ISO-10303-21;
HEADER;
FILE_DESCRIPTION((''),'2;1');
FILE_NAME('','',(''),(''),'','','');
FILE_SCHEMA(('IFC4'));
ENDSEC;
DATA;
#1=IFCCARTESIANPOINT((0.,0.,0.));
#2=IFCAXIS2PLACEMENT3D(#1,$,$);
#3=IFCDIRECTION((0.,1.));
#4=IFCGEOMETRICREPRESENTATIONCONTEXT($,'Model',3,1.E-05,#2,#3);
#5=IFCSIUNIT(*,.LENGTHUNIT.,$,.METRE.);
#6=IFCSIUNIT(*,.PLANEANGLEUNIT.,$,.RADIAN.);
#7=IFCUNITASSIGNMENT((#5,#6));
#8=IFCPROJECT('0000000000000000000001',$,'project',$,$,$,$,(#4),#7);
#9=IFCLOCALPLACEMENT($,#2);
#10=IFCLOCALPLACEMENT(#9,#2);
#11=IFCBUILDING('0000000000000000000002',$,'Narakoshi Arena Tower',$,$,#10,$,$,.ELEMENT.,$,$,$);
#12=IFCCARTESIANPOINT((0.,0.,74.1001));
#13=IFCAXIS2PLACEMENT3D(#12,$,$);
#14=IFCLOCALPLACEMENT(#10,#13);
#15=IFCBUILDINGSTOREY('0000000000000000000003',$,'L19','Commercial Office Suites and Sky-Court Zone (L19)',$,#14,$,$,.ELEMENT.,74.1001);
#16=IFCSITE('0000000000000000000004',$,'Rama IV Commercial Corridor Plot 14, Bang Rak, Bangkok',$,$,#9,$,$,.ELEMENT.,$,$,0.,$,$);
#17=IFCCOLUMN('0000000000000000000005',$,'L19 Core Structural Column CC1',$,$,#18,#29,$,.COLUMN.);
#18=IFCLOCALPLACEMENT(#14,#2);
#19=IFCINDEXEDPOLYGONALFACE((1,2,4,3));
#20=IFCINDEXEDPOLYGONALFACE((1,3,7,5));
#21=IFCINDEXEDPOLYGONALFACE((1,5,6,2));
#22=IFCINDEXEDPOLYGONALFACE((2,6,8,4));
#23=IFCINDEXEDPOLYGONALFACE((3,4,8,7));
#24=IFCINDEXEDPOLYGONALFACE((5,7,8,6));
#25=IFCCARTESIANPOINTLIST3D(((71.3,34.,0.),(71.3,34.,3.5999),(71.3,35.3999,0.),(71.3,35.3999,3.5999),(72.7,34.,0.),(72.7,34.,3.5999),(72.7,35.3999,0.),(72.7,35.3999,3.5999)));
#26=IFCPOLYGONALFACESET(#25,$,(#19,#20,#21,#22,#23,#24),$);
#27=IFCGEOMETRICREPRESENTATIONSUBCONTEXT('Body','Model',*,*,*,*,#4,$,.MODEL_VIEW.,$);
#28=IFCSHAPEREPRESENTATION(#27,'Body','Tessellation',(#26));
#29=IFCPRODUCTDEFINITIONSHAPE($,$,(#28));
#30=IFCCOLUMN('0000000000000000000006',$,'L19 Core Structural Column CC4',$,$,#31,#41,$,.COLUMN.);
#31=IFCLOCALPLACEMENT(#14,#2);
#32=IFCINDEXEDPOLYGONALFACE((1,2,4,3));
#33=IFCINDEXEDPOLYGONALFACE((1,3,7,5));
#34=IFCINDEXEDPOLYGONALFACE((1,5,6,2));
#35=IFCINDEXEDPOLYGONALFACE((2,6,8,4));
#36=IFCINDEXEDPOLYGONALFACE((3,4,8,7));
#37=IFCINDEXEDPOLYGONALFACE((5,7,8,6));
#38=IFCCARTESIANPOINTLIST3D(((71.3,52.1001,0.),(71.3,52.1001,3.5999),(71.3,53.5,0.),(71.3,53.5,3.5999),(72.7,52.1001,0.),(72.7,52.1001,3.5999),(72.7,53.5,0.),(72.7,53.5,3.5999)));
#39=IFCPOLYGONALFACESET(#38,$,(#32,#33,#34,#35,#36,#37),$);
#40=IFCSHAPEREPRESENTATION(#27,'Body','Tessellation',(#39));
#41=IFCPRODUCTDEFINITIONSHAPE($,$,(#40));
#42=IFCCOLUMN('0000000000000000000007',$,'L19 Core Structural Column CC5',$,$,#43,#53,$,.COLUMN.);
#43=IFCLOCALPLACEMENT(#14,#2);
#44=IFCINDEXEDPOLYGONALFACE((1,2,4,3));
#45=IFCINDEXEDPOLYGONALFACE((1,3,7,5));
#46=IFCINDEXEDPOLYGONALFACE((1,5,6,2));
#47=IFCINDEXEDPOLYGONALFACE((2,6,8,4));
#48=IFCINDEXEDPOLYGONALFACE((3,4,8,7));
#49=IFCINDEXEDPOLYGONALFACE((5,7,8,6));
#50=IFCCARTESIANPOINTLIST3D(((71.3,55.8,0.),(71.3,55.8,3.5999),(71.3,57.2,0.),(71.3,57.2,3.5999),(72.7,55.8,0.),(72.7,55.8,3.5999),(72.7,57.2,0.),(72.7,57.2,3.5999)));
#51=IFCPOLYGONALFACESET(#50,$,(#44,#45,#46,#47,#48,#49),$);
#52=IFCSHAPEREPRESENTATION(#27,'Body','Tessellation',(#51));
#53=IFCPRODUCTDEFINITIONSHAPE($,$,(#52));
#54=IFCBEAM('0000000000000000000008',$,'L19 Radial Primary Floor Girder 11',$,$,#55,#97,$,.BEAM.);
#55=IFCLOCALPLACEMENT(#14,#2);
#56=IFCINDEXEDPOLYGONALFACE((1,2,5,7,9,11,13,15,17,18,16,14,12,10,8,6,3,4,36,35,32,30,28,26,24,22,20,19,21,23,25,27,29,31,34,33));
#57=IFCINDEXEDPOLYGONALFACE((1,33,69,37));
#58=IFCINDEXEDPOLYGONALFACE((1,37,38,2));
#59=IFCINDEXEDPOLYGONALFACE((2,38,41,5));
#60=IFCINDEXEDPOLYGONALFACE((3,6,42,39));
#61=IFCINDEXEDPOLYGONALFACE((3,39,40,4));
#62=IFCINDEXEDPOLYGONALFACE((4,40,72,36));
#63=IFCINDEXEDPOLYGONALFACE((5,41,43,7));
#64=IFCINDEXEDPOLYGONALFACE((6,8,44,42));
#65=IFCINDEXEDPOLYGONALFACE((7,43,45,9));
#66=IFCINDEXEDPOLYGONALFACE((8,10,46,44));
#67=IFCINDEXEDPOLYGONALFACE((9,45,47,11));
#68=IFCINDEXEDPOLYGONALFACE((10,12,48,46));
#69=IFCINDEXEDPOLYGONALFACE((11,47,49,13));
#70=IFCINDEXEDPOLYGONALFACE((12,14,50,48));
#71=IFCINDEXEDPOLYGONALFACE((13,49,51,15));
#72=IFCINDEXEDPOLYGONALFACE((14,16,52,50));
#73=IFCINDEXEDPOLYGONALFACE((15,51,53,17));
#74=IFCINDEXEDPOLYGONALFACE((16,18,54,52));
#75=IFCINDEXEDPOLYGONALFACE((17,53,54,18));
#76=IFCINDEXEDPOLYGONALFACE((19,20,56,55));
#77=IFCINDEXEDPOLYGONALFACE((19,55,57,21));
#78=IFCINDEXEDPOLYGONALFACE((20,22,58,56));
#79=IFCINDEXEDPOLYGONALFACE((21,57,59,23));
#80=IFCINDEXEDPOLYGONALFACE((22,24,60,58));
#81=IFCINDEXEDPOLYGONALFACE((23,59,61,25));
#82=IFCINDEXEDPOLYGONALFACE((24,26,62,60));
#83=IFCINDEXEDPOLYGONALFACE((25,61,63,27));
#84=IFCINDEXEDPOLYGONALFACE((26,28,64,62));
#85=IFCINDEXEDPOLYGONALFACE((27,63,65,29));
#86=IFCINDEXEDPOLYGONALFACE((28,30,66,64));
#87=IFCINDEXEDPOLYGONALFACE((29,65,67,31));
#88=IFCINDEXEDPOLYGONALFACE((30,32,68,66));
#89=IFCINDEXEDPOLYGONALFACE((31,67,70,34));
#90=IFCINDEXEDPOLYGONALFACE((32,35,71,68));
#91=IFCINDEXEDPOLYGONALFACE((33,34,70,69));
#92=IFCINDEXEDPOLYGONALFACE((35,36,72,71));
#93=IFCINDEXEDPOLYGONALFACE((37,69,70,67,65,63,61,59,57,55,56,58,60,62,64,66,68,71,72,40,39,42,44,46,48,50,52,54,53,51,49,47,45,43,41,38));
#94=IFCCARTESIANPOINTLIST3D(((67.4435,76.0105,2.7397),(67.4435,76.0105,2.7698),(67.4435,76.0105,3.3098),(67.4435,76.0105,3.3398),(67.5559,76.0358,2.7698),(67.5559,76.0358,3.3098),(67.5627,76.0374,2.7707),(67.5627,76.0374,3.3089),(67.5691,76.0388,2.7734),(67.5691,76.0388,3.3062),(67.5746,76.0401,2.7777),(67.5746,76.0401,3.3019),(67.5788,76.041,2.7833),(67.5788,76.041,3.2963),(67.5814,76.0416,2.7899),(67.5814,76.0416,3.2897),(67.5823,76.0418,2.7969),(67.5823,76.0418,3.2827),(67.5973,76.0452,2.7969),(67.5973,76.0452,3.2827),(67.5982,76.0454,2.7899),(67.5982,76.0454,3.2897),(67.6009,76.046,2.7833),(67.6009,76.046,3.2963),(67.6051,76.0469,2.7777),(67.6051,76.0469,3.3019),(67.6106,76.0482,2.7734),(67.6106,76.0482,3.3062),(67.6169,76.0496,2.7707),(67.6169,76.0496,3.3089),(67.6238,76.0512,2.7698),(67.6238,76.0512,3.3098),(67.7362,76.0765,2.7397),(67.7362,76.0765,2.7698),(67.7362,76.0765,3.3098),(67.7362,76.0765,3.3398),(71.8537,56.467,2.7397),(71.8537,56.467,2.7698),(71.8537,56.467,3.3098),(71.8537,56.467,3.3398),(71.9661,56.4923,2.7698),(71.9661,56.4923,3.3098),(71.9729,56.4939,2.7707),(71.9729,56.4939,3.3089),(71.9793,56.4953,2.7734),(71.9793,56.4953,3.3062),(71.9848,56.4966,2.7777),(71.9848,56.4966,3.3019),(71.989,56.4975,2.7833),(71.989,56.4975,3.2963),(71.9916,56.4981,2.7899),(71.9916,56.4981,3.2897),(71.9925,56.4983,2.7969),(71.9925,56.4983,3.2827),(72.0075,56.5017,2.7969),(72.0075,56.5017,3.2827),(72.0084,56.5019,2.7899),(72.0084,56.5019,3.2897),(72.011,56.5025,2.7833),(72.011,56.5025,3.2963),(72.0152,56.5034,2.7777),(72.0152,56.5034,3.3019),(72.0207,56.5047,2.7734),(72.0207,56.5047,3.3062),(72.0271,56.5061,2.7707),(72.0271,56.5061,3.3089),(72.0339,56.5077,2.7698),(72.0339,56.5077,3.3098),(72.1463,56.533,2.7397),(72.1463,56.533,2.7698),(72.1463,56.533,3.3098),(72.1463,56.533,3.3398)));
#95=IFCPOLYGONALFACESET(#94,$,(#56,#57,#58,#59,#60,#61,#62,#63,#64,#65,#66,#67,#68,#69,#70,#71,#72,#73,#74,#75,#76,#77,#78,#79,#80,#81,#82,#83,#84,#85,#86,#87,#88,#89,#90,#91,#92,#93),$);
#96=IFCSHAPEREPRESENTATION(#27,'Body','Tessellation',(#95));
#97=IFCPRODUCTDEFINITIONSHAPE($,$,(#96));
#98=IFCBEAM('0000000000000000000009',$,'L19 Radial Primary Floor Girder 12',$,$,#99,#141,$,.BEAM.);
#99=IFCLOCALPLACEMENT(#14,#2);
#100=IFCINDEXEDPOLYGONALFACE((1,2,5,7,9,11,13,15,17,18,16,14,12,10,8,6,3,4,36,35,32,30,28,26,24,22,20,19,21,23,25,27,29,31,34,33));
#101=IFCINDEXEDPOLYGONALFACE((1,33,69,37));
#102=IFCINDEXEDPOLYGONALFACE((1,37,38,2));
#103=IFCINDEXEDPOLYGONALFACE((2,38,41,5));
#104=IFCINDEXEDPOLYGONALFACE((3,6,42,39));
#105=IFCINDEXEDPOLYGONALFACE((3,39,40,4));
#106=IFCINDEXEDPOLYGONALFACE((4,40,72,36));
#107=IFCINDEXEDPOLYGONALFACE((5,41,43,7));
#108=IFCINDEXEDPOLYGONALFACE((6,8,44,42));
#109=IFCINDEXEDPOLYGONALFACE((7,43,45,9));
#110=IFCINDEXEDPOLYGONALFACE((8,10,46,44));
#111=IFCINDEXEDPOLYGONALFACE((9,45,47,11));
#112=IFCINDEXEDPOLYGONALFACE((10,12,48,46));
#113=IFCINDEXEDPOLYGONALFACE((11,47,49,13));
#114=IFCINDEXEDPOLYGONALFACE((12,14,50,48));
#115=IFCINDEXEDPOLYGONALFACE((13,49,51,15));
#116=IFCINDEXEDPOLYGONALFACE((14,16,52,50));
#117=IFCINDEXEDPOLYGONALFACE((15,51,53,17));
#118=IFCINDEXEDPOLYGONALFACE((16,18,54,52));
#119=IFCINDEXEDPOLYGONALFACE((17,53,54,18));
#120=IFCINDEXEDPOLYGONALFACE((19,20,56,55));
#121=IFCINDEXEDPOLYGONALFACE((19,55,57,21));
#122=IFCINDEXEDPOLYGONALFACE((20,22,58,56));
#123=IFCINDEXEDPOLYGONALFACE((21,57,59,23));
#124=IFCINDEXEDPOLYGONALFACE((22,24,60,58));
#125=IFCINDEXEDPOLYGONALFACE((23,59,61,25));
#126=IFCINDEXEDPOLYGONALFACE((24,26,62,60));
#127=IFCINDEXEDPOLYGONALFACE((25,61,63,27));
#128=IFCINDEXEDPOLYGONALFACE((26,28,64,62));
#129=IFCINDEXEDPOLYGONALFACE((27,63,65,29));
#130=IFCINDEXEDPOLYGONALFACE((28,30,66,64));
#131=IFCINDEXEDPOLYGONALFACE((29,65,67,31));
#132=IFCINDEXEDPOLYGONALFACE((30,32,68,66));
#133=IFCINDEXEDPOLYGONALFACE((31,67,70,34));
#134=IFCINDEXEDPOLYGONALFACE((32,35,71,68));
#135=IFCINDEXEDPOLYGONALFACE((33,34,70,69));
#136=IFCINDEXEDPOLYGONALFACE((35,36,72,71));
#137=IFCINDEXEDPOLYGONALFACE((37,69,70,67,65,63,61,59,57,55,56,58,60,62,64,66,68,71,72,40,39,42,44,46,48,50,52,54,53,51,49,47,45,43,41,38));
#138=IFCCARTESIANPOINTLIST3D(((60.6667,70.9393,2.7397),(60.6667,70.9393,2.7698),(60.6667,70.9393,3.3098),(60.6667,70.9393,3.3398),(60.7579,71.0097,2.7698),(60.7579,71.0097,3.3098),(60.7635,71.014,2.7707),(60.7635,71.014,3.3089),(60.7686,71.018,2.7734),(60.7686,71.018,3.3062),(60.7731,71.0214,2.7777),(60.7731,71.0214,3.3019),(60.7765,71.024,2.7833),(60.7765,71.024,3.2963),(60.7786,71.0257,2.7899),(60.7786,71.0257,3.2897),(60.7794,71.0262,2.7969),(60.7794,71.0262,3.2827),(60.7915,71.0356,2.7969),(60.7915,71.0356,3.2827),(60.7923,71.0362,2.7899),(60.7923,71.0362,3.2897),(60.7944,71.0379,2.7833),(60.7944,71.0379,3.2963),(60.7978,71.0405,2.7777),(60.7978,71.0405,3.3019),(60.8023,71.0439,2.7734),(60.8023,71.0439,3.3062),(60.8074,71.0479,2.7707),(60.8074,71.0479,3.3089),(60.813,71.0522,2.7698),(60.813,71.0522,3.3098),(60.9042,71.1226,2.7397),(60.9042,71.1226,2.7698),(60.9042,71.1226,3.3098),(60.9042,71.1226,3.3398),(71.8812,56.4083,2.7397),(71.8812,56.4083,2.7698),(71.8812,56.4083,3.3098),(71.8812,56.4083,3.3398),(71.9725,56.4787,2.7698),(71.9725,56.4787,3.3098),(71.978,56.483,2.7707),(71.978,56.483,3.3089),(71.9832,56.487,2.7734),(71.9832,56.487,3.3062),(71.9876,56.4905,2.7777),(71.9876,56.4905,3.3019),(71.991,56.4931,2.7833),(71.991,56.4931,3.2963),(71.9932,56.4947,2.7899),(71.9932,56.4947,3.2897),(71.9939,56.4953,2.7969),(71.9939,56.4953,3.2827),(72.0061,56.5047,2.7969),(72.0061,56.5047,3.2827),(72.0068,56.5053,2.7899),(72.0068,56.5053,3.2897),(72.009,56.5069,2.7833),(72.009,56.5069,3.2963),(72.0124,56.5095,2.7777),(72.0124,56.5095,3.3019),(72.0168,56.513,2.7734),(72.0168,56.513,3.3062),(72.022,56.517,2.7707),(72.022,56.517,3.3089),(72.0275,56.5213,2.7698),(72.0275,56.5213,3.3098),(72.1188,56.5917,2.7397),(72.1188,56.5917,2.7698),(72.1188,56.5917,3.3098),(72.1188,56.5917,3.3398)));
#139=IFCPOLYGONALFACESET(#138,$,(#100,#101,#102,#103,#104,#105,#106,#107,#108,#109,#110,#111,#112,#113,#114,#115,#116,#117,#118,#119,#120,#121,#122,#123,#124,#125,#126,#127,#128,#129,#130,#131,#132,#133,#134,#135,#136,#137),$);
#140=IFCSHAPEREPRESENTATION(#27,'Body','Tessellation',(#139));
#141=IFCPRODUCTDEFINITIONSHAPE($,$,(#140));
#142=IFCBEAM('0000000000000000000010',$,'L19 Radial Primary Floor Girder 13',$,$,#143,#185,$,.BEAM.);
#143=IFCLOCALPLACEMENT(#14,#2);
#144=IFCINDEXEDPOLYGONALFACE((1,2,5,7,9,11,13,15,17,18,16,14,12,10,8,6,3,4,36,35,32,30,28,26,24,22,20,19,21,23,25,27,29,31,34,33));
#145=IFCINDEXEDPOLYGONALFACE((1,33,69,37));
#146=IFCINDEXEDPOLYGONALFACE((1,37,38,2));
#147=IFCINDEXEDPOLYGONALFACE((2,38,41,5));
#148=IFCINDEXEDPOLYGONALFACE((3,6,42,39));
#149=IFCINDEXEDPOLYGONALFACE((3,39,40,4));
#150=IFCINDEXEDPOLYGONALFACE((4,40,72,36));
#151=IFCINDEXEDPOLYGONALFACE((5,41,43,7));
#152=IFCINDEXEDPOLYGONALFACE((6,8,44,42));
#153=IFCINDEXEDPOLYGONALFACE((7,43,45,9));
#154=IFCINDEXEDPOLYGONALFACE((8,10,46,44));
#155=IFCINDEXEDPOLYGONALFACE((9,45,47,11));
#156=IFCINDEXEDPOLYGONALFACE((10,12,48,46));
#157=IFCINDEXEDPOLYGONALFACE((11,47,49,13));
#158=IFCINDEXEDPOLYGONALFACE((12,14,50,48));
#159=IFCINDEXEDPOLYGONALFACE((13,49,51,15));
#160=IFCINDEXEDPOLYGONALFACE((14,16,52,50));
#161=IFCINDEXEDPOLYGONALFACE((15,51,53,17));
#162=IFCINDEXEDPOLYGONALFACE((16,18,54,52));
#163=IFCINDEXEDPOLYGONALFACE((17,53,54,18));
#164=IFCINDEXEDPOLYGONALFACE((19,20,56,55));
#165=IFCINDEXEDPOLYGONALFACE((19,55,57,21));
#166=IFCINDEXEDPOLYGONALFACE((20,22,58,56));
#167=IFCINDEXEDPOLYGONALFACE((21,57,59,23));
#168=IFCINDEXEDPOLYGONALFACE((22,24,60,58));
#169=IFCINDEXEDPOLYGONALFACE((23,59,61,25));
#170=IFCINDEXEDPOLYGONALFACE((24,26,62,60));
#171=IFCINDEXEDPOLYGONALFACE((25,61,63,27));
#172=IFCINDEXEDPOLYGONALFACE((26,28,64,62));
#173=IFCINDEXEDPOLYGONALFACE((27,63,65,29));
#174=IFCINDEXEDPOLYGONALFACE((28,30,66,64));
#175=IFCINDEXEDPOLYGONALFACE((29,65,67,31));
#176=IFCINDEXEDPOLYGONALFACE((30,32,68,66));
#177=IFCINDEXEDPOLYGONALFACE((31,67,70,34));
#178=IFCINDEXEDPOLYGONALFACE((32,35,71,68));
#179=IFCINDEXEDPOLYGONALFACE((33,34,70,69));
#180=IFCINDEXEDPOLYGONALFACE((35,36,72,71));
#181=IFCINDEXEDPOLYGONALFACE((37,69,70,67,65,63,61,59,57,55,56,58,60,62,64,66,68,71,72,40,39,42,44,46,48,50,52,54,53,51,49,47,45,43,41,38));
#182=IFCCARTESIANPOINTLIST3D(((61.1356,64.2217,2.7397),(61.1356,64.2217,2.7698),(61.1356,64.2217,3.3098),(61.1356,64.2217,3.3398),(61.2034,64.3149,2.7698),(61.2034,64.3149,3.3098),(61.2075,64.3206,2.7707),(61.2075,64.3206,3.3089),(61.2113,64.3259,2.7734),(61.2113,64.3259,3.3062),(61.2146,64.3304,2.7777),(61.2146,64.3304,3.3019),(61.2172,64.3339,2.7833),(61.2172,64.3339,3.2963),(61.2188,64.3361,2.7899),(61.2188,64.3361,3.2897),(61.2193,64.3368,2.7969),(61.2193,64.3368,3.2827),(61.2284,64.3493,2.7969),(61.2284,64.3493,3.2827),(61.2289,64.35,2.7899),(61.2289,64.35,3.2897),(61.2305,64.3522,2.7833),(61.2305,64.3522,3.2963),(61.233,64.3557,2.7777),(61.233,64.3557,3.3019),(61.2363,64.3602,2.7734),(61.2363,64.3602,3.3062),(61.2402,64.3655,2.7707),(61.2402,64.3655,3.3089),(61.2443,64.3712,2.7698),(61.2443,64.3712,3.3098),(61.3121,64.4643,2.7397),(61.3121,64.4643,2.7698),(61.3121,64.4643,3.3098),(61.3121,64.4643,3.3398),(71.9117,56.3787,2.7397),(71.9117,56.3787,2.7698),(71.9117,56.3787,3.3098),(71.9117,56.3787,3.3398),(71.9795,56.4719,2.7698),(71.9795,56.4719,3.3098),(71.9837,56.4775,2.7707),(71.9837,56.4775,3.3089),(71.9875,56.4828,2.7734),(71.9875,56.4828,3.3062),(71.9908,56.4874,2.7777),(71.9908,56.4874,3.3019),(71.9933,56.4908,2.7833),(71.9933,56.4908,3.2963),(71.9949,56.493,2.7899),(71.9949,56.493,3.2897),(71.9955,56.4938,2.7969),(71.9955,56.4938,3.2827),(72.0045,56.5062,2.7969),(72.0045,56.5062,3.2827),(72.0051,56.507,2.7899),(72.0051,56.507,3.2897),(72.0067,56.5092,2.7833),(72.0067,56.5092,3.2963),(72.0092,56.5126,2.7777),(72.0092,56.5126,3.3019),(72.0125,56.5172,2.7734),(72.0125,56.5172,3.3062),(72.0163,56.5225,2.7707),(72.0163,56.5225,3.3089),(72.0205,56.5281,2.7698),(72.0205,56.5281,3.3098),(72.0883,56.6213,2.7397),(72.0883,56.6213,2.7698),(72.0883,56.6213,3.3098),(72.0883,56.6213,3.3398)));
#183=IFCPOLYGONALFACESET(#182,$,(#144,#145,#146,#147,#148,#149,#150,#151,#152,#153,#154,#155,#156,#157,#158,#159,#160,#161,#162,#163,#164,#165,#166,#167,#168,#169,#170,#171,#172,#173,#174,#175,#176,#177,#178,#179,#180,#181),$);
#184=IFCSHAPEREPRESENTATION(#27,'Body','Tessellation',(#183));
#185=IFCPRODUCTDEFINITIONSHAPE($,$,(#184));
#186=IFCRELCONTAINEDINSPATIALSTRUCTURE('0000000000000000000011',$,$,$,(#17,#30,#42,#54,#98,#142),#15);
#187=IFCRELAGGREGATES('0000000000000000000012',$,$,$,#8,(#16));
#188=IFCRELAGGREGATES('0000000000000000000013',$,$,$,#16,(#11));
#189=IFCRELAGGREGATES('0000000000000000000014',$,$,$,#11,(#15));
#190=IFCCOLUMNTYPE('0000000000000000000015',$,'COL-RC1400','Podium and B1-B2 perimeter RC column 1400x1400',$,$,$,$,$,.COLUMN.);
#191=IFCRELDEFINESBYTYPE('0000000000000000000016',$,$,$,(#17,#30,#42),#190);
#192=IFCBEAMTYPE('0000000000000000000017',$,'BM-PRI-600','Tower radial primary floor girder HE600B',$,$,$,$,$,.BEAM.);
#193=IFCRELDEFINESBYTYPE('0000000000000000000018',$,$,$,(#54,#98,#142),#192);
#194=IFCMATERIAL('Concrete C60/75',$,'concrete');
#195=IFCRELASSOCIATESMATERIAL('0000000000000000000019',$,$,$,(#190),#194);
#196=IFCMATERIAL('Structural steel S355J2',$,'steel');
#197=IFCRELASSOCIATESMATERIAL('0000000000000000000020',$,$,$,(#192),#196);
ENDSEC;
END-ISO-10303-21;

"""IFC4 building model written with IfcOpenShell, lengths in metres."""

from ifc_helpers import new_model, si_unit, direction, frame, origin, origin_2d, place, context, subcontext, project, spatial, rectangle, i_section, extrude, material, material_profile, profile_set, type_object, element, save


model = new_model("IFC4")

# Units and contexts
model_context = context("Model", 3, precision=1e-05, world=origin(), true_north=direction((0.0, 1.0)))
body_context = subcontext(model_context, "Body", "Model", "MODEL_VIEW")
ifc_project = project(units=[si_unit("LENGTHUNIT", "METRE"), si_unit("PLANEANGLEUNIT", "RADIAN")], contexts=[model_context])

# Site, building, storey
site_placement = place(None, origin())
site = spatial("IfcSite", under=ifc_project, at=site_placement, Name="Rama IV Commercial Corridor Plot 14, Bang Rak, Bangkok", CompositionType="ELEMENT", RefElevation=0.0)
building_placement = place(site_placement, origin())
building = spatial("IfcBuilding", under=site, at=building_placement, Name="Narakoshi Arena Tower", CompositionType="ELEMENT")
storey_placement = place(building_placement, frame((0.0, 0.0, 74.1001)))
storey = spatial("IfcBuildingStorey", under=building, at=storey_placement, Name="L19", Description="Commercial Office Suites and Sky-Court Zone (L19)", CompositionType="ELEMENT", Elevation=74.1001)

# Columns
ifc_material_1 = material(Name="Concrete C60/75", Category="concrete")
ifc_material_profile_1 = material_profile(ifc_material_1, rectangle(XDim=1.3999, YDim=1.3999, at=origin_2d()), Name="RC1400x1400")
ifc_profile_set_1 = profile_set([ifc_material_profile_1], Name="Concrete C60/75")
column_type = type_object("IfcColumnType", Name="COL-RC1400", Description="Podium and B1-B2 perimeter RC column 1400x1400", PredefinedType="COLUMN", material=ifc_profile_set_1)
for number, where, z_axis, x_axis, name in (
    (1, (72.0, 34.7, 0.0), (0.0, 0.0, 1.0), (1.0, 0.0, 0.0), "L19 Core Structural Column CC1"),
    (2, (72.0, 52.8, 0.0), (0.0, 0.0, 1.0), (1.0, 0.0, 0.0), "L19 Core Structural Column CC4"),
    (3, (72.0, 56.5, 0.0), (0.0, 0.0, 1.0), (1.0, 0.0, 0.0), "L19 Core Structural Column CC5"),
):
    element("IfcColumn", number, at=place(storey_placement, frame(where, z_axis=z_axis, x_axis=x_axis)), inside=storey, type_object=column_type, Name=name, PredefinedType="COLUMN", context=body_context, shape_type="SweptSolid", body=[
        extrude(rectangle(XDim=1.3999, YDim=1.3999, at=origin_2d()), origin(), (0.0, 0.0, 1.0), 3.5999),
    ])

# Beams
ifc_material_2 = material(Name="Structural steel S355J2", Category="steel")
ifc_material_profile_2 = material_profile(ifc_material_2, i_section(OverallWidth=0.3, OverallDepth=0.6001, WebThickness=0.0154, FlangeThickness=0.03, FilletRadius=0.0271, at=origin_2d()), Name="HE600B")
ifc_profile_set_2 = profile_set([ifc_material_profile_2], Name="Structural steel S355J2")
beam_type = type_object("IfcBeamType", Name="BM-PRI-600", Description="Tower radial primary floor girder HE600B", PredefinedType="BEAM", material=ifc_profile_set_2)
beam_1_placement = place(storey_placement, frame((72.0, 56.5, 3.0398), z_axis=(-0.220124, 0.975472, 0.0), x_axis=(-0.975472, -0.220124, 0.0)))
element("IfcBeam", 4, at=beam_1_placement, inside=storey, type_object=beam_type, Name="L19 Radial Primary Floor Girder 11", PredefinedType="BEAM", context=body_context, shape_type="SweptSolid", body=[
    extrude(i_section(OverallWidth=0.3, OverallDepth=0.6001, WebThickness=0.0154, FlangeThickness=0.03, FilletRadius=0.0271, at=origin_2d()), origin(), (0.0, 0.0, 1.0), 20.0349),
])
beam_2_placement = place(storey_placement, frame((72.0, 56.5, 3.0398), z_axis=(-0.610973, 0.791651, 0.0), x_axis=(-0.791651, -0.610973, 0.0)))
element("IfcBeam", 5, at=beam_2_placement, inside=storey, type_object=beam_type, Name="L19 Radial Primary Floor Girder 12", PredefinedType="BEAM", context=body_context, shape_type="SweptSolid", body=[
    extrude(i_section(OverallWidth=0.3, OverallDepth=0.6001, WebThickness=0.0154, FlangeThickness=0.03, FilletRadius=0.0271, at=origin_2d()), origin(), (0.0, 0.0, 1.0), 18.3552),
])
beam_3_placement = place(storey_placement, frame((72.0, 56.5, 3.0398), z_axis=(-0.808528, 0.588458, 0.0), x_axis=(-0.588458, -0.808528, 0.0)))
element("IfcBeam", 6, at=beam_3_placement, inside=storey, type_object=beam_type, Name="L19 Radial Primary Floor Girder 13", PredefinedType="BEAM", context=body_context, shape_type="SweptSolid", body=[
    extrude(i_section(OverallWidth=0.3, OverallDepth=0.6001, WebThickness=0.0154, FlangeThickness=0.03, FilletRadius=0.0271, at=origin_2d()), origin(), (0.0, 0.0, 1.0), 13.3281),
])

save(model, "model.ifc")
